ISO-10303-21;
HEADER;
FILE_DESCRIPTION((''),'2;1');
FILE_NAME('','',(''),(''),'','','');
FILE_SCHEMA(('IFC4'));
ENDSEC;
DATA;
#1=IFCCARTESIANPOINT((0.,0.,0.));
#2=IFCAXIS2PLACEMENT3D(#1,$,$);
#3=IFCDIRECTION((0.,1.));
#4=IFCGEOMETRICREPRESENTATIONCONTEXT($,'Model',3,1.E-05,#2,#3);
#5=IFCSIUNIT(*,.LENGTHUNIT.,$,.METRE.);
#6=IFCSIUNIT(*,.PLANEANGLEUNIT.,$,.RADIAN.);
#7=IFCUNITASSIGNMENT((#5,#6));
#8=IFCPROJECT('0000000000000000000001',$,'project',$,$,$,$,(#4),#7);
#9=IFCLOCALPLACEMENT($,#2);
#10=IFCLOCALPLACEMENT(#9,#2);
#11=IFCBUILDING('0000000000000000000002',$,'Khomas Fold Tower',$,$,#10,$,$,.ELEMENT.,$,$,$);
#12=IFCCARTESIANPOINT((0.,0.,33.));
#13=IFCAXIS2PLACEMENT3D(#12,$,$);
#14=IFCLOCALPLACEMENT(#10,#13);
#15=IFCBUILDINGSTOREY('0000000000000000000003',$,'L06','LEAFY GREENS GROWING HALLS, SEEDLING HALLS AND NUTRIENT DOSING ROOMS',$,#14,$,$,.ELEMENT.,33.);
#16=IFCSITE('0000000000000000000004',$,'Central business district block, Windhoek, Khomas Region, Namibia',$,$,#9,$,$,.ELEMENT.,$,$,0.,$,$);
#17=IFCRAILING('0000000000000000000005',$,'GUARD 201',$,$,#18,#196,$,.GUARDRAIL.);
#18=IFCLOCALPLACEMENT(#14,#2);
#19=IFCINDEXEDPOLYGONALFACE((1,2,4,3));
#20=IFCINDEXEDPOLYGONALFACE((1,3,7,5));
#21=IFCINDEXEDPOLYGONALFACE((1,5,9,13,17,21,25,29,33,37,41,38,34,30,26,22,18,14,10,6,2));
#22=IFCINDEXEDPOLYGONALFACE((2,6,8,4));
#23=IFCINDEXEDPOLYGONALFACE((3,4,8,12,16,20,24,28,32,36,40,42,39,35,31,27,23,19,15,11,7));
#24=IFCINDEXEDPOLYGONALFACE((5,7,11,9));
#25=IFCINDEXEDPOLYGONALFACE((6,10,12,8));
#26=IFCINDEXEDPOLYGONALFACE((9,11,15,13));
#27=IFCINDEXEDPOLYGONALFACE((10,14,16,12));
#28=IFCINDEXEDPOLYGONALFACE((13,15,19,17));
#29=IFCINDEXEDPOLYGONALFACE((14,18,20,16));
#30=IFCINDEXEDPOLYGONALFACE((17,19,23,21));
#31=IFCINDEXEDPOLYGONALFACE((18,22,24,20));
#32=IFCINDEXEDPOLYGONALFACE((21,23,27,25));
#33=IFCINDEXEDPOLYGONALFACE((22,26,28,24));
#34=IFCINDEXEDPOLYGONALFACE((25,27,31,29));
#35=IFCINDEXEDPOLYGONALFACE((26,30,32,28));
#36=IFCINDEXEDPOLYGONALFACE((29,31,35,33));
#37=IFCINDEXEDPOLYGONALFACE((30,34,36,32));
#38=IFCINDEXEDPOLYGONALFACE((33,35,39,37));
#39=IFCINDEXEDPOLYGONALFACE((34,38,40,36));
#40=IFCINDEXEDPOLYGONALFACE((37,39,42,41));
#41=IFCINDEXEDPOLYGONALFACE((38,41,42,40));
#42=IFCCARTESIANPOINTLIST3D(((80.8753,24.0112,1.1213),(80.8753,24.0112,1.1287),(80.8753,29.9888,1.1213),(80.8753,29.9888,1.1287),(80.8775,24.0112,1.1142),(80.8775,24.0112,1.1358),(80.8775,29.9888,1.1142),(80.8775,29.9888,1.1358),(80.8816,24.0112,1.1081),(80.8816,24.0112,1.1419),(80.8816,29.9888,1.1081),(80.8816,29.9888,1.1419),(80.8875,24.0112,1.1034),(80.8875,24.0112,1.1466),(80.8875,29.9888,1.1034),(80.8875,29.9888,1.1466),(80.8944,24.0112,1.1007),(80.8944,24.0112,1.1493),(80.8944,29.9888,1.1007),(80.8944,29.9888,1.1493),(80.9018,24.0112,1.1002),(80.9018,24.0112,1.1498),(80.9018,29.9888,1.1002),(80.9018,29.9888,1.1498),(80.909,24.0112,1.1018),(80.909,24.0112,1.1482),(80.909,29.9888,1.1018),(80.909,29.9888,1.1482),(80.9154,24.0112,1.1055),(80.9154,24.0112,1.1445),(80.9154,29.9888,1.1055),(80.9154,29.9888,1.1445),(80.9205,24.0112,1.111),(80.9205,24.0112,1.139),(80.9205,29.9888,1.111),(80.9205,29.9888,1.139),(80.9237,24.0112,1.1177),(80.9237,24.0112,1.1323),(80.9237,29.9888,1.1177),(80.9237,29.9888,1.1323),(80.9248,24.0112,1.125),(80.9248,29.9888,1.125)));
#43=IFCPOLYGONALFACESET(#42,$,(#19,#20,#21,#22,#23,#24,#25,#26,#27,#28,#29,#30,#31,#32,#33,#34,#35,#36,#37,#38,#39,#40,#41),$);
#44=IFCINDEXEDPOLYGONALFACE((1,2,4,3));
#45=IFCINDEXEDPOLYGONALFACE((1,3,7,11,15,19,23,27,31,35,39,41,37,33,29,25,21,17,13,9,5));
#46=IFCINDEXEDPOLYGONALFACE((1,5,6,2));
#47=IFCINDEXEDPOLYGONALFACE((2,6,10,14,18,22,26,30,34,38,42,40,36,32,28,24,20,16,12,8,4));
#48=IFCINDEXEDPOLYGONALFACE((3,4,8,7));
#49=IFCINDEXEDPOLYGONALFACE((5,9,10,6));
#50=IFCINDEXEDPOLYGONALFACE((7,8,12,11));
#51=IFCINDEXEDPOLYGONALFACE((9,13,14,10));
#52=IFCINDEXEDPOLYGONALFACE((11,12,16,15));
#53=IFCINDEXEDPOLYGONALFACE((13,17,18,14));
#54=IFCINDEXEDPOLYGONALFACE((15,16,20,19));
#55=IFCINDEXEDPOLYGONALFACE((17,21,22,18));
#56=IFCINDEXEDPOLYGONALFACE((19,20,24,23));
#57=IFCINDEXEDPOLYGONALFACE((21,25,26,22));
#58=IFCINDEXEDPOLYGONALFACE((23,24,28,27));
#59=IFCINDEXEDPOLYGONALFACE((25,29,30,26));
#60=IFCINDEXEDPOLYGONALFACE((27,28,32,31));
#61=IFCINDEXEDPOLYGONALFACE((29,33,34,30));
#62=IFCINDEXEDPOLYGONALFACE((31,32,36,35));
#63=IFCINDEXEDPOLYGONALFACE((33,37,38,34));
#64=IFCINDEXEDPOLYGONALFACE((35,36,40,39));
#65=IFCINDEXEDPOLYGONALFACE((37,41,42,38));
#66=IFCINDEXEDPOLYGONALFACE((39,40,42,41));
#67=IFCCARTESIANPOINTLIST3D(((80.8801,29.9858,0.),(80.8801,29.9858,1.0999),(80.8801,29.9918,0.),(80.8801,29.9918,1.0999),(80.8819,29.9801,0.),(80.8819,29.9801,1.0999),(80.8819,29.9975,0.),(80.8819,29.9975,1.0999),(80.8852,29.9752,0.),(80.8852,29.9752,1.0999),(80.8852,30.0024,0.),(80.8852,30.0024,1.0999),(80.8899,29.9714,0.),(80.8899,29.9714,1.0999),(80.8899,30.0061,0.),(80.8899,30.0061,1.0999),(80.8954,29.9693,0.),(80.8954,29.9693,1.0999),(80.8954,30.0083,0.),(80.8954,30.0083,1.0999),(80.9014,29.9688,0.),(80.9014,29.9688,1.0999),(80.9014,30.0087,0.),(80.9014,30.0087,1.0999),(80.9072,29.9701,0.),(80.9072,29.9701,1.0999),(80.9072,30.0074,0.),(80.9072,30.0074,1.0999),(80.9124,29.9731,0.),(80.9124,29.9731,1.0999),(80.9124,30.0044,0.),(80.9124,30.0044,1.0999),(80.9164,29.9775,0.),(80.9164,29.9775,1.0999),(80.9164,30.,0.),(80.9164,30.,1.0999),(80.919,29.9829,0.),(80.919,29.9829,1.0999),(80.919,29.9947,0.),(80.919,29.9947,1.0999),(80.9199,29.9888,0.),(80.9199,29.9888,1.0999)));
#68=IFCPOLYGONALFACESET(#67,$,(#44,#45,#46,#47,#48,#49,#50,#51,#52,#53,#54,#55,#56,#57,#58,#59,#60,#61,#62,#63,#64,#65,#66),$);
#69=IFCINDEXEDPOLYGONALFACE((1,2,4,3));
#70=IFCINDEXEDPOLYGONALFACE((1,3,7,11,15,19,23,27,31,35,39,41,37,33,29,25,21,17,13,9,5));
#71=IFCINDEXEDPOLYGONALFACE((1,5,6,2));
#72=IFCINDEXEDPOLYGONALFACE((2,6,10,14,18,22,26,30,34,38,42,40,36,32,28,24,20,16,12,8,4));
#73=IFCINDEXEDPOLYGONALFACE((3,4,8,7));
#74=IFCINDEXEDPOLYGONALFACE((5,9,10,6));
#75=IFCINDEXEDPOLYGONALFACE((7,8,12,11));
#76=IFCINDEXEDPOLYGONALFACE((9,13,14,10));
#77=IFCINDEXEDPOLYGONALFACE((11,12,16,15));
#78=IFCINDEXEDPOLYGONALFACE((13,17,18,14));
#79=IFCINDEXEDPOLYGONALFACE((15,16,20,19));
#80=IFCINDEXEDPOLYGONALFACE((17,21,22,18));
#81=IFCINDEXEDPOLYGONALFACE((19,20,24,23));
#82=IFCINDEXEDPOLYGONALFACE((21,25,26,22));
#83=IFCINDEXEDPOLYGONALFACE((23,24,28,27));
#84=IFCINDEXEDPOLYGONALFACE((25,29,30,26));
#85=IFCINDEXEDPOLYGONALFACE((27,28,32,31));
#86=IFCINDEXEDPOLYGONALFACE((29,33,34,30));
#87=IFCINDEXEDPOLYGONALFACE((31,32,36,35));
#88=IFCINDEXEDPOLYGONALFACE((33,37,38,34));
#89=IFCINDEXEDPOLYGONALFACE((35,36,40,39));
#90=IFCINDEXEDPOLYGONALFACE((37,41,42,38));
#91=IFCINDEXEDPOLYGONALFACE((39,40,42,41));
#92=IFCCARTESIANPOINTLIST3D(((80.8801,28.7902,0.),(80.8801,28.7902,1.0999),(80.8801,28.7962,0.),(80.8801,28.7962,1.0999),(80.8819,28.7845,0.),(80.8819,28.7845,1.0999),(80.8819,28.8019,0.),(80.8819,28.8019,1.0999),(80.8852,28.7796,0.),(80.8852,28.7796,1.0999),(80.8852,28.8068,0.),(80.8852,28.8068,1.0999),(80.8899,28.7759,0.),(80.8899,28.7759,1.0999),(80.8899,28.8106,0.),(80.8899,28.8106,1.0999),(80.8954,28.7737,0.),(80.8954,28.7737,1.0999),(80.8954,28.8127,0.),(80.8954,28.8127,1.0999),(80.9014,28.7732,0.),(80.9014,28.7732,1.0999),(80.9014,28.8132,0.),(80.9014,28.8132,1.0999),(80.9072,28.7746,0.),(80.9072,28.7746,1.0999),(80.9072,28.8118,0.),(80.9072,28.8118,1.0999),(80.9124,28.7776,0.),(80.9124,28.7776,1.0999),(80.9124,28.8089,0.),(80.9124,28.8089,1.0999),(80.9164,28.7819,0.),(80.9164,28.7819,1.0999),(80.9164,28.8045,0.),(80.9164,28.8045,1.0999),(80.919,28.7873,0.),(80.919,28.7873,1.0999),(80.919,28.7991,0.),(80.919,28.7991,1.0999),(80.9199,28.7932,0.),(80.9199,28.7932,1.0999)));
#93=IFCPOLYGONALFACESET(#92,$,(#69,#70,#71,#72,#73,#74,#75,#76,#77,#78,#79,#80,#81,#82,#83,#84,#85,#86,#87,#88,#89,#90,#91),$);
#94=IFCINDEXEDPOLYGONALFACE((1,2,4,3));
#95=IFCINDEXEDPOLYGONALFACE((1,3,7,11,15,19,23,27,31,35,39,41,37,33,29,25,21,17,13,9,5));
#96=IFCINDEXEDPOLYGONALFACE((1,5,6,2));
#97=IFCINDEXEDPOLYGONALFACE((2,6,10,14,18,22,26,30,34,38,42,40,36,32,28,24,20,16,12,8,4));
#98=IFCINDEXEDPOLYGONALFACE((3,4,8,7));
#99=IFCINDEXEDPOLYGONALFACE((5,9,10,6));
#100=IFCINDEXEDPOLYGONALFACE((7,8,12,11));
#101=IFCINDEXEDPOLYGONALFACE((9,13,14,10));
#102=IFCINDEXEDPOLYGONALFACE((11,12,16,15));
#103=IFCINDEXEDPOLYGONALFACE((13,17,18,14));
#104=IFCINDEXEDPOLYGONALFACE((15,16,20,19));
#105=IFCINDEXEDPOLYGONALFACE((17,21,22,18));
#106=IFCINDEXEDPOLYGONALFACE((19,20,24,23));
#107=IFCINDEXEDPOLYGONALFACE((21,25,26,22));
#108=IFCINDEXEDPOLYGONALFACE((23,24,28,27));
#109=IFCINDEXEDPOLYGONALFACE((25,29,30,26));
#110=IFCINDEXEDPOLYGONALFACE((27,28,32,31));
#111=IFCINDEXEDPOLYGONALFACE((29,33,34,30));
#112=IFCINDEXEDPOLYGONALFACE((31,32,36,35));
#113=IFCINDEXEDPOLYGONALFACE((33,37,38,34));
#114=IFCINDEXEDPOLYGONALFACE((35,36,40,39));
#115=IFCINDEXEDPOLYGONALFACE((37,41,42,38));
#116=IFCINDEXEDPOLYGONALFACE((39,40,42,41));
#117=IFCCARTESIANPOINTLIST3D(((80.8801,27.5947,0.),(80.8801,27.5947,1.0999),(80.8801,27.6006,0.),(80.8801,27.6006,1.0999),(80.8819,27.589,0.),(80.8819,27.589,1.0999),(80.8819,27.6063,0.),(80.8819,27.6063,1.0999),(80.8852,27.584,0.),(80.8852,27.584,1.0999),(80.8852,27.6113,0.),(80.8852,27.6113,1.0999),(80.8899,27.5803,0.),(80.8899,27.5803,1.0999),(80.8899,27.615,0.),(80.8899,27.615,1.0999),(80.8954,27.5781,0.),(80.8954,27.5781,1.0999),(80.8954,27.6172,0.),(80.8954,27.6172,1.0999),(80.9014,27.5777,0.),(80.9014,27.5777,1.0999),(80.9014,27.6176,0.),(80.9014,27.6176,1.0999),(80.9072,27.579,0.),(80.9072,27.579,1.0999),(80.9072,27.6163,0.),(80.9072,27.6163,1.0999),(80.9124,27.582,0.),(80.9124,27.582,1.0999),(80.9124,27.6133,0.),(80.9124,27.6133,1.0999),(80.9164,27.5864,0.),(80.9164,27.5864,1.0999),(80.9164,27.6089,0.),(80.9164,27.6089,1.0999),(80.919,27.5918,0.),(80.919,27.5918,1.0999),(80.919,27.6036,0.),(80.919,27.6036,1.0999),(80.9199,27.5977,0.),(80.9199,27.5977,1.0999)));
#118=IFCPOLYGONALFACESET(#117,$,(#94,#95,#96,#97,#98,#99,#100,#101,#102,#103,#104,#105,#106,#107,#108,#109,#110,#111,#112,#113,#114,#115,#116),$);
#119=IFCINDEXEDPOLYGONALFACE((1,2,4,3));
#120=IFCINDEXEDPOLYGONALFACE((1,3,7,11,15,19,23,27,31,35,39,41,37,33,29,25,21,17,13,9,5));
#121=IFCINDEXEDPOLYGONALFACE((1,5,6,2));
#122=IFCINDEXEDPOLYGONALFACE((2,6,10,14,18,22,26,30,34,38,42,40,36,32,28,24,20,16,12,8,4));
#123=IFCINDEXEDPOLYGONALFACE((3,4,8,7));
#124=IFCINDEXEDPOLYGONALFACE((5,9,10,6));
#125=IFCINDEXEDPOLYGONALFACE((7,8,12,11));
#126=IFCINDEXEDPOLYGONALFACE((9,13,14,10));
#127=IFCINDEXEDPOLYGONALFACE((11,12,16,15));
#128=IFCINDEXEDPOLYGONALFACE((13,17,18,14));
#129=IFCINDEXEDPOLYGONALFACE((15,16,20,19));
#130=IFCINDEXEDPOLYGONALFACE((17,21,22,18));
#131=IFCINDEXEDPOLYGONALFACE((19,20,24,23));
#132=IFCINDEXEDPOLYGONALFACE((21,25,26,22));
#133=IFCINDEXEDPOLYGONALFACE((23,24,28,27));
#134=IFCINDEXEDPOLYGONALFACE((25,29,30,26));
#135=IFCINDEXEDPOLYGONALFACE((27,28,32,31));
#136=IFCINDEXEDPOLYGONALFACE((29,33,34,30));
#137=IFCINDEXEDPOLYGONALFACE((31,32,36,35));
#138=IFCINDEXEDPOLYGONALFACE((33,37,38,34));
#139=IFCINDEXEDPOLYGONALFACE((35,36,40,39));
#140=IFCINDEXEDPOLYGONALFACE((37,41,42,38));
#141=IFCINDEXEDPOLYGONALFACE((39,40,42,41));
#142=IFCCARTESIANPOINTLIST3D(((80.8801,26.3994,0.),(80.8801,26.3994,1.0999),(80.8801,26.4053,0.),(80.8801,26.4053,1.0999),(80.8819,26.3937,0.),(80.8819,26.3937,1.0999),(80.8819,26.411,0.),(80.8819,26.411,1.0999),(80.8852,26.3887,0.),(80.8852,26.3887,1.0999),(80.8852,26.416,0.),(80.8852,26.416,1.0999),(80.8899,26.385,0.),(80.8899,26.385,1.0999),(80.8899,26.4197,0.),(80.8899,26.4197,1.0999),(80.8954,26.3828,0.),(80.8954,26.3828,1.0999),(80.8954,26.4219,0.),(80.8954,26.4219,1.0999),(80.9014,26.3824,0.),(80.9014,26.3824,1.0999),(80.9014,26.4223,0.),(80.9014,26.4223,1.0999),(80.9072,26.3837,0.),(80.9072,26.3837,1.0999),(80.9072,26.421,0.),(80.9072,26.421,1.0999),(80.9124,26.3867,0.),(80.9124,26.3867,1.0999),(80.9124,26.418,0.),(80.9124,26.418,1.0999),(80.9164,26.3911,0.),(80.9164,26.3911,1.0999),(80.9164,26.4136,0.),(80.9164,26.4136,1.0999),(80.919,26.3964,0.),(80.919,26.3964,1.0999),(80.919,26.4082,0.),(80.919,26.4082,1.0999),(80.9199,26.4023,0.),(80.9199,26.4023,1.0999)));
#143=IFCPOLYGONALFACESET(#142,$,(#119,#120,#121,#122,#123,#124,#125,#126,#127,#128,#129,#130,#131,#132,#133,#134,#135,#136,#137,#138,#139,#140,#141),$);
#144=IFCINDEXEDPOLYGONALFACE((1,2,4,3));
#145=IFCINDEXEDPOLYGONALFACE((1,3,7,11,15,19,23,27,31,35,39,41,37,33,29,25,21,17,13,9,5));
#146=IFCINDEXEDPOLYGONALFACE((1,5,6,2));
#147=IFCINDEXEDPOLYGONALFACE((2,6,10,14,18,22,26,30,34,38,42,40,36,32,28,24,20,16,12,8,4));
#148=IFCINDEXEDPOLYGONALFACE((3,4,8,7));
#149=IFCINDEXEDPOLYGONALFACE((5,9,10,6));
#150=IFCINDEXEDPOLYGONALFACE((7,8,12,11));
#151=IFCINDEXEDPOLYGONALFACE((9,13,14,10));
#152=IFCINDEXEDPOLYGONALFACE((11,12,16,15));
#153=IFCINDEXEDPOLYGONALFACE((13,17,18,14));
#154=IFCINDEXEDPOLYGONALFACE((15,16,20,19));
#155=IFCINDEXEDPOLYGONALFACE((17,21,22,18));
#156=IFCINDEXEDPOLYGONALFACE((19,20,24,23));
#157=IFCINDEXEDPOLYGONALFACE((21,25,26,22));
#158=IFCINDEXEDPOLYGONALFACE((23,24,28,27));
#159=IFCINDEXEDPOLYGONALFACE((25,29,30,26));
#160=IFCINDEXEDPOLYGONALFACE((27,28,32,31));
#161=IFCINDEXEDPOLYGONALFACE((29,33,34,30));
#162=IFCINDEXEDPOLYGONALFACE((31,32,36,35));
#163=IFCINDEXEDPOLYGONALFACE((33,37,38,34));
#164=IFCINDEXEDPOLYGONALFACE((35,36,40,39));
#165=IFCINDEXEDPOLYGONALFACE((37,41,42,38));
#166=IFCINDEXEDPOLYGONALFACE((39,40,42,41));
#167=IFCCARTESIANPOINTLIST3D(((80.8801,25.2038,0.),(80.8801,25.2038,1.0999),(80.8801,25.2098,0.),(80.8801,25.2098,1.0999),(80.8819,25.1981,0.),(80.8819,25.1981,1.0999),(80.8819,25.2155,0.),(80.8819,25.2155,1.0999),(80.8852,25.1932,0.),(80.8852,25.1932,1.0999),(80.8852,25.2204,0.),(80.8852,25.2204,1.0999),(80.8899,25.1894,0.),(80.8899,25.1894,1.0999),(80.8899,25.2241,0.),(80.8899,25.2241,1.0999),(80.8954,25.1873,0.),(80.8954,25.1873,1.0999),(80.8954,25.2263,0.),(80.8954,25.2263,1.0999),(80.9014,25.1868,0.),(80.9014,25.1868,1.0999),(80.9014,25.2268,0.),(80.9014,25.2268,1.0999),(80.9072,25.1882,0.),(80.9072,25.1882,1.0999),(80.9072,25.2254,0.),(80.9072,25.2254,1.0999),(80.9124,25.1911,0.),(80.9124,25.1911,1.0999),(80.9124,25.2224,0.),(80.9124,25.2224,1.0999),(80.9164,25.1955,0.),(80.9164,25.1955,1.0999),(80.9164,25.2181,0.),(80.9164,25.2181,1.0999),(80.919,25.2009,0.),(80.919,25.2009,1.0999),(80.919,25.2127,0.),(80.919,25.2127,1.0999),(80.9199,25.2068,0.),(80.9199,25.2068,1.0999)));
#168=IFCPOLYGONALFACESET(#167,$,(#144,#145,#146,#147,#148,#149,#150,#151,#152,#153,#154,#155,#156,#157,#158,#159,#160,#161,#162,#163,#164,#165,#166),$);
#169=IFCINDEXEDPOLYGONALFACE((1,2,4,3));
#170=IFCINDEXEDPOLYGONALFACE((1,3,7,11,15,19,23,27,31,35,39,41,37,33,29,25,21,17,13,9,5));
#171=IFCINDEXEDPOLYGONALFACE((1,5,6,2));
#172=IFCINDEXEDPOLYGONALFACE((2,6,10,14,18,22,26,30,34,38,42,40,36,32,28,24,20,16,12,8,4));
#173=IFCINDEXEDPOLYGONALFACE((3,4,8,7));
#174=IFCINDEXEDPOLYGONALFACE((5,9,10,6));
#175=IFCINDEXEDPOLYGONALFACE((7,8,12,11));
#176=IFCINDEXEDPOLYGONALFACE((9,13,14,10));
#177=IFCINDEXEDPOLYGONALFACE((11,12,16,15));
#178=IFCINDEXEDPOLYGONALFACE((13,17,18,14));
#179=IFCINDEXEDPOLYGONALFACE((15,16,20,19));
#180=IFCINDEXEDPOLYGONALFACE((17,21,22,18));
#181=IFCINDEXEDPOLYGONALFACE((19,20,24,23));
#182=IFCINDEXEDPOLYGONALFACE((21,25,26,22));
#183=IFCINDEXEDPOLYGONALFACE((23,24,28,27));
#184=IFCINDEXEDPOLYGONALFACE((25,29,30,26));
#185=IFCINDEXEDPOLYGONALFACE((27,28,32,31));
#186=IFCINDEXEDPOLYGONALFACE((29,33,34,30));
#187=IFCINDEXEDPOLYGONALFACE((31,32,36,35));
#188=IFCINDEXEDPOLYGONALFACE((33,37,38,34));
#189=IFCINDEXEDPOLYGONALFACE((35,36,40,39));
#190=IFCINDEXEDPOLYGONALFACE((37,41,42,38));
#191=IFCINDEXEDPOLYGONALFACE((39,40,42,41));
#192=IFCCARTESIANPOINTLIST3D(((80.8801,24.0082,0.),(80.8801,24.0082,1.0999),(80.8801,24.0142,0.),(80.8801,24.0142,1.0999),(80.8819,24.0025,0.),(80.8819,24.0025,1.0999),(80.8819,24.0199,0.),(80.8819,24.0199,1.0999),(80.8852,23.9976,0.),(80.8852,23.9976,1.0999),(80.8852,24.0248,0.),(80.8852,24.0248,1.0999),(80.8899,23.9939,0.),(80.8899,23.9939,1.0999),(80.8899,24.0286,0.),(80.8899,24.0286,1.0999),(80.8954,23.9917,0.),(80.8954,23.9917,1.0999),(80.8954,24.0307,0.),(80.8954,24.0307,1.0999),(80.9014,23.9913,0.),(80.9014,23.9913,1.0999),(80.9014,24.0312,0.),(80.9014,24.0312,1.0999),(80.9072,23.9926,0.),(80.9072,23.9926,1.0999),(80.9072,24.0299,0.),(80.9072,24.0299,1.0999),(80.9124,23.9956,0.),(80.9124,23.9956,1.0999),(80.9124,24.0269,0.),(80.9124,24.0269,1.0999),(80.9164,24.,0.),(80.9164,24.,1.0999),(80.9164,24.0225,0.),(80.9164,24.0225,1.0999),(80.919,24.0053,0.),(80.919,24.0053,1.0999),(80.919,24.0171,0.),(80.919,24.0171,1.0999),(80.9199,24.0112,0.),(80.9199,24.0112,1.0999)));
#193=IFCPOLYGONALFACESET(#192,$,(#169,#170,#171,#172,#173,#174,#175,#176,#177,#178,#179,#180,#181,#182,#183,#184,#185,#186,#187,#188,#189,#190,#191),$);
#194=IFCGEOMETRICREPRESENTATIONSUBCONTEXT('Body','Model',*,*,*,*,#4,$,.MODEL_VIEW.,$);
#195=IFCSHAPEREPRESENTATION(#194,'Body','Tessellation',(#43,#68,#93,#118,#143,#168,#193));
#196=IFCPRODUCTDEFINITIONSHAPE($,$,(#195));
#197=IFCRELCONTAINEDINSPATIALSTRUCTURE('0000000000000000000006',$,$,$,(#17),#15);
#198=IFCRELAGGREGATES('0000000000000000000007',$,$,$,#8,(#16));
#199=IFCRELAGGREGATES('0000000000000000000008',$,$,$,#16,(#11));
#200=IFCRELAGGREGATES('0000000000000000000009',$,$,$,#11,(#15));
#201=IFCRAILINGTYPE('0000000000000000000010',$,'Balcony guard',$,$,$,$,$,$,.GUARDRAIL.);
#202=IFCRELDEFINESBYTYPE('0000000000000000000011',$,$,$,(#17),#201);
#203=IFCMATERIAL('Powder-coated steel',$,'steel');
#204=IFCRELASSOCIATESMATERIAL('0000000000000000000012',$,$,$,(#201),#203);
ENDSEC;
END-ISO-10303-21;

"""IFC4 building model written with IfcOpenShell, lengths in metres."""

from ifc_helpers import new_model, si_unit, direction, frame, origin, origin_2d, place, context, subcontext, project, spatial, circle, extrude, source, transform, mapped, material, type_object, element, save


model = new_model("IFC4")

# Units and contexts
model_context = context("Model", 3, precision=1e-05, world=origin(), true_north=direction((0.0, 1.0)))
body_context = subcontext(model_context, "Body", "Model", "MODEL_VIEW")
ifc_project = project(units=[si_unit("LENGTHUNIT", "METRE"), si_unit("PLANEANGLEUNIT", "RADIAN")], contexts=[model_context])

# Site, building, storey
site_placement = place(None, origin())
site = spatial("IfcSite", under=ifc_project, at=site_placement, Name="Central business district block, Windhoek, Khomas Region, Namibia", CompositionType="ELEMENT", RefElevation=0.0)
building_placement = place(site_placement, origin())
building = spatial("IfcBuilding", under=site, at=building_placement, Name="Khomas Fold Tower", CompositionType="ELEMENT")
storey_placement = place(building_placement, frame((0.0, 0.0, 33.0)))
storey = spatial("IfcBuildingStorey", under=building, at=storey_placement, Name="L06", Description="LEAFY GREENS GROWING HALLS, SEEDLING HALLS AND NUTRIENT DOSING ROOMS", CompositionType="ELEMENT", Elevation=33.0)

# Railing
ifc_material_1 = material(Name="Powder-coated steel", Category="steel")
railing_type = type_object("IfcRailingType", Name="Balcony guard", PredefinedType="GUARDRAIL", material=ifc_material_1)
shared_shape_1 = source(origin(), body_context, "Body", "SweptSolid", [
    extrude(circle(Radius=0.0249, at=origin_2d()), frame((0.0, 0.0, 1.125), z_axis=(0.0, -1.0, 0.0), x_axis=(1.0, 0.0, 0.0)), (0.0, 0.0, 1.0), 5.9775),
    extrude(circle(Radius=0.02, at=origin_2d()), origin(), (0.0, 0.0, 1.0), 1.0999),
    extrude(circle(Radius=0.02, at=origin_2d()), frame((0.0, -1.1956, 0.0)), (0.0, 0.0, 1.0), 1.0999),
    extrude(circle(Radius=0.02, at=origin_2d()), frame((0.0, -2.3911, 0.0)), (0.0, 0.0, 1.0), 1.0999),
    extrude(circle(Radius=0.02, at=origin_2d()), frame((0.0, -3.5864, 0.0)), (0.0, 0.0, 1.0), 1.0999),
    extrude(circle(Radius=0.02, at=origin_2d()), frame((0.0, -4.782, 0.0)), (0.0, 0.0, 1.0), 1.0999),
    extrude(circle(Radius=0.02, at=origin_2d()), frame((0.0, -5.9775, 0.0)), (0.0, 0.0, 1.0), 1.0999),
])
railing_1_placement = place(storey_placement, frame((80.8999, 29.9888, 0.0)))
element("IfcRailing", 1, at=railing_1_placement, inside=storey, type_object=railing_type, Name="GUARD 201", PredefinedType="GUARDRAIL", context=body_context, shape_type="MappedRepresentation", body=[
    mapped(shared_shape_1, transform((0.0, 0.0, 0.0))),
])

save(model, "model.ifc")
